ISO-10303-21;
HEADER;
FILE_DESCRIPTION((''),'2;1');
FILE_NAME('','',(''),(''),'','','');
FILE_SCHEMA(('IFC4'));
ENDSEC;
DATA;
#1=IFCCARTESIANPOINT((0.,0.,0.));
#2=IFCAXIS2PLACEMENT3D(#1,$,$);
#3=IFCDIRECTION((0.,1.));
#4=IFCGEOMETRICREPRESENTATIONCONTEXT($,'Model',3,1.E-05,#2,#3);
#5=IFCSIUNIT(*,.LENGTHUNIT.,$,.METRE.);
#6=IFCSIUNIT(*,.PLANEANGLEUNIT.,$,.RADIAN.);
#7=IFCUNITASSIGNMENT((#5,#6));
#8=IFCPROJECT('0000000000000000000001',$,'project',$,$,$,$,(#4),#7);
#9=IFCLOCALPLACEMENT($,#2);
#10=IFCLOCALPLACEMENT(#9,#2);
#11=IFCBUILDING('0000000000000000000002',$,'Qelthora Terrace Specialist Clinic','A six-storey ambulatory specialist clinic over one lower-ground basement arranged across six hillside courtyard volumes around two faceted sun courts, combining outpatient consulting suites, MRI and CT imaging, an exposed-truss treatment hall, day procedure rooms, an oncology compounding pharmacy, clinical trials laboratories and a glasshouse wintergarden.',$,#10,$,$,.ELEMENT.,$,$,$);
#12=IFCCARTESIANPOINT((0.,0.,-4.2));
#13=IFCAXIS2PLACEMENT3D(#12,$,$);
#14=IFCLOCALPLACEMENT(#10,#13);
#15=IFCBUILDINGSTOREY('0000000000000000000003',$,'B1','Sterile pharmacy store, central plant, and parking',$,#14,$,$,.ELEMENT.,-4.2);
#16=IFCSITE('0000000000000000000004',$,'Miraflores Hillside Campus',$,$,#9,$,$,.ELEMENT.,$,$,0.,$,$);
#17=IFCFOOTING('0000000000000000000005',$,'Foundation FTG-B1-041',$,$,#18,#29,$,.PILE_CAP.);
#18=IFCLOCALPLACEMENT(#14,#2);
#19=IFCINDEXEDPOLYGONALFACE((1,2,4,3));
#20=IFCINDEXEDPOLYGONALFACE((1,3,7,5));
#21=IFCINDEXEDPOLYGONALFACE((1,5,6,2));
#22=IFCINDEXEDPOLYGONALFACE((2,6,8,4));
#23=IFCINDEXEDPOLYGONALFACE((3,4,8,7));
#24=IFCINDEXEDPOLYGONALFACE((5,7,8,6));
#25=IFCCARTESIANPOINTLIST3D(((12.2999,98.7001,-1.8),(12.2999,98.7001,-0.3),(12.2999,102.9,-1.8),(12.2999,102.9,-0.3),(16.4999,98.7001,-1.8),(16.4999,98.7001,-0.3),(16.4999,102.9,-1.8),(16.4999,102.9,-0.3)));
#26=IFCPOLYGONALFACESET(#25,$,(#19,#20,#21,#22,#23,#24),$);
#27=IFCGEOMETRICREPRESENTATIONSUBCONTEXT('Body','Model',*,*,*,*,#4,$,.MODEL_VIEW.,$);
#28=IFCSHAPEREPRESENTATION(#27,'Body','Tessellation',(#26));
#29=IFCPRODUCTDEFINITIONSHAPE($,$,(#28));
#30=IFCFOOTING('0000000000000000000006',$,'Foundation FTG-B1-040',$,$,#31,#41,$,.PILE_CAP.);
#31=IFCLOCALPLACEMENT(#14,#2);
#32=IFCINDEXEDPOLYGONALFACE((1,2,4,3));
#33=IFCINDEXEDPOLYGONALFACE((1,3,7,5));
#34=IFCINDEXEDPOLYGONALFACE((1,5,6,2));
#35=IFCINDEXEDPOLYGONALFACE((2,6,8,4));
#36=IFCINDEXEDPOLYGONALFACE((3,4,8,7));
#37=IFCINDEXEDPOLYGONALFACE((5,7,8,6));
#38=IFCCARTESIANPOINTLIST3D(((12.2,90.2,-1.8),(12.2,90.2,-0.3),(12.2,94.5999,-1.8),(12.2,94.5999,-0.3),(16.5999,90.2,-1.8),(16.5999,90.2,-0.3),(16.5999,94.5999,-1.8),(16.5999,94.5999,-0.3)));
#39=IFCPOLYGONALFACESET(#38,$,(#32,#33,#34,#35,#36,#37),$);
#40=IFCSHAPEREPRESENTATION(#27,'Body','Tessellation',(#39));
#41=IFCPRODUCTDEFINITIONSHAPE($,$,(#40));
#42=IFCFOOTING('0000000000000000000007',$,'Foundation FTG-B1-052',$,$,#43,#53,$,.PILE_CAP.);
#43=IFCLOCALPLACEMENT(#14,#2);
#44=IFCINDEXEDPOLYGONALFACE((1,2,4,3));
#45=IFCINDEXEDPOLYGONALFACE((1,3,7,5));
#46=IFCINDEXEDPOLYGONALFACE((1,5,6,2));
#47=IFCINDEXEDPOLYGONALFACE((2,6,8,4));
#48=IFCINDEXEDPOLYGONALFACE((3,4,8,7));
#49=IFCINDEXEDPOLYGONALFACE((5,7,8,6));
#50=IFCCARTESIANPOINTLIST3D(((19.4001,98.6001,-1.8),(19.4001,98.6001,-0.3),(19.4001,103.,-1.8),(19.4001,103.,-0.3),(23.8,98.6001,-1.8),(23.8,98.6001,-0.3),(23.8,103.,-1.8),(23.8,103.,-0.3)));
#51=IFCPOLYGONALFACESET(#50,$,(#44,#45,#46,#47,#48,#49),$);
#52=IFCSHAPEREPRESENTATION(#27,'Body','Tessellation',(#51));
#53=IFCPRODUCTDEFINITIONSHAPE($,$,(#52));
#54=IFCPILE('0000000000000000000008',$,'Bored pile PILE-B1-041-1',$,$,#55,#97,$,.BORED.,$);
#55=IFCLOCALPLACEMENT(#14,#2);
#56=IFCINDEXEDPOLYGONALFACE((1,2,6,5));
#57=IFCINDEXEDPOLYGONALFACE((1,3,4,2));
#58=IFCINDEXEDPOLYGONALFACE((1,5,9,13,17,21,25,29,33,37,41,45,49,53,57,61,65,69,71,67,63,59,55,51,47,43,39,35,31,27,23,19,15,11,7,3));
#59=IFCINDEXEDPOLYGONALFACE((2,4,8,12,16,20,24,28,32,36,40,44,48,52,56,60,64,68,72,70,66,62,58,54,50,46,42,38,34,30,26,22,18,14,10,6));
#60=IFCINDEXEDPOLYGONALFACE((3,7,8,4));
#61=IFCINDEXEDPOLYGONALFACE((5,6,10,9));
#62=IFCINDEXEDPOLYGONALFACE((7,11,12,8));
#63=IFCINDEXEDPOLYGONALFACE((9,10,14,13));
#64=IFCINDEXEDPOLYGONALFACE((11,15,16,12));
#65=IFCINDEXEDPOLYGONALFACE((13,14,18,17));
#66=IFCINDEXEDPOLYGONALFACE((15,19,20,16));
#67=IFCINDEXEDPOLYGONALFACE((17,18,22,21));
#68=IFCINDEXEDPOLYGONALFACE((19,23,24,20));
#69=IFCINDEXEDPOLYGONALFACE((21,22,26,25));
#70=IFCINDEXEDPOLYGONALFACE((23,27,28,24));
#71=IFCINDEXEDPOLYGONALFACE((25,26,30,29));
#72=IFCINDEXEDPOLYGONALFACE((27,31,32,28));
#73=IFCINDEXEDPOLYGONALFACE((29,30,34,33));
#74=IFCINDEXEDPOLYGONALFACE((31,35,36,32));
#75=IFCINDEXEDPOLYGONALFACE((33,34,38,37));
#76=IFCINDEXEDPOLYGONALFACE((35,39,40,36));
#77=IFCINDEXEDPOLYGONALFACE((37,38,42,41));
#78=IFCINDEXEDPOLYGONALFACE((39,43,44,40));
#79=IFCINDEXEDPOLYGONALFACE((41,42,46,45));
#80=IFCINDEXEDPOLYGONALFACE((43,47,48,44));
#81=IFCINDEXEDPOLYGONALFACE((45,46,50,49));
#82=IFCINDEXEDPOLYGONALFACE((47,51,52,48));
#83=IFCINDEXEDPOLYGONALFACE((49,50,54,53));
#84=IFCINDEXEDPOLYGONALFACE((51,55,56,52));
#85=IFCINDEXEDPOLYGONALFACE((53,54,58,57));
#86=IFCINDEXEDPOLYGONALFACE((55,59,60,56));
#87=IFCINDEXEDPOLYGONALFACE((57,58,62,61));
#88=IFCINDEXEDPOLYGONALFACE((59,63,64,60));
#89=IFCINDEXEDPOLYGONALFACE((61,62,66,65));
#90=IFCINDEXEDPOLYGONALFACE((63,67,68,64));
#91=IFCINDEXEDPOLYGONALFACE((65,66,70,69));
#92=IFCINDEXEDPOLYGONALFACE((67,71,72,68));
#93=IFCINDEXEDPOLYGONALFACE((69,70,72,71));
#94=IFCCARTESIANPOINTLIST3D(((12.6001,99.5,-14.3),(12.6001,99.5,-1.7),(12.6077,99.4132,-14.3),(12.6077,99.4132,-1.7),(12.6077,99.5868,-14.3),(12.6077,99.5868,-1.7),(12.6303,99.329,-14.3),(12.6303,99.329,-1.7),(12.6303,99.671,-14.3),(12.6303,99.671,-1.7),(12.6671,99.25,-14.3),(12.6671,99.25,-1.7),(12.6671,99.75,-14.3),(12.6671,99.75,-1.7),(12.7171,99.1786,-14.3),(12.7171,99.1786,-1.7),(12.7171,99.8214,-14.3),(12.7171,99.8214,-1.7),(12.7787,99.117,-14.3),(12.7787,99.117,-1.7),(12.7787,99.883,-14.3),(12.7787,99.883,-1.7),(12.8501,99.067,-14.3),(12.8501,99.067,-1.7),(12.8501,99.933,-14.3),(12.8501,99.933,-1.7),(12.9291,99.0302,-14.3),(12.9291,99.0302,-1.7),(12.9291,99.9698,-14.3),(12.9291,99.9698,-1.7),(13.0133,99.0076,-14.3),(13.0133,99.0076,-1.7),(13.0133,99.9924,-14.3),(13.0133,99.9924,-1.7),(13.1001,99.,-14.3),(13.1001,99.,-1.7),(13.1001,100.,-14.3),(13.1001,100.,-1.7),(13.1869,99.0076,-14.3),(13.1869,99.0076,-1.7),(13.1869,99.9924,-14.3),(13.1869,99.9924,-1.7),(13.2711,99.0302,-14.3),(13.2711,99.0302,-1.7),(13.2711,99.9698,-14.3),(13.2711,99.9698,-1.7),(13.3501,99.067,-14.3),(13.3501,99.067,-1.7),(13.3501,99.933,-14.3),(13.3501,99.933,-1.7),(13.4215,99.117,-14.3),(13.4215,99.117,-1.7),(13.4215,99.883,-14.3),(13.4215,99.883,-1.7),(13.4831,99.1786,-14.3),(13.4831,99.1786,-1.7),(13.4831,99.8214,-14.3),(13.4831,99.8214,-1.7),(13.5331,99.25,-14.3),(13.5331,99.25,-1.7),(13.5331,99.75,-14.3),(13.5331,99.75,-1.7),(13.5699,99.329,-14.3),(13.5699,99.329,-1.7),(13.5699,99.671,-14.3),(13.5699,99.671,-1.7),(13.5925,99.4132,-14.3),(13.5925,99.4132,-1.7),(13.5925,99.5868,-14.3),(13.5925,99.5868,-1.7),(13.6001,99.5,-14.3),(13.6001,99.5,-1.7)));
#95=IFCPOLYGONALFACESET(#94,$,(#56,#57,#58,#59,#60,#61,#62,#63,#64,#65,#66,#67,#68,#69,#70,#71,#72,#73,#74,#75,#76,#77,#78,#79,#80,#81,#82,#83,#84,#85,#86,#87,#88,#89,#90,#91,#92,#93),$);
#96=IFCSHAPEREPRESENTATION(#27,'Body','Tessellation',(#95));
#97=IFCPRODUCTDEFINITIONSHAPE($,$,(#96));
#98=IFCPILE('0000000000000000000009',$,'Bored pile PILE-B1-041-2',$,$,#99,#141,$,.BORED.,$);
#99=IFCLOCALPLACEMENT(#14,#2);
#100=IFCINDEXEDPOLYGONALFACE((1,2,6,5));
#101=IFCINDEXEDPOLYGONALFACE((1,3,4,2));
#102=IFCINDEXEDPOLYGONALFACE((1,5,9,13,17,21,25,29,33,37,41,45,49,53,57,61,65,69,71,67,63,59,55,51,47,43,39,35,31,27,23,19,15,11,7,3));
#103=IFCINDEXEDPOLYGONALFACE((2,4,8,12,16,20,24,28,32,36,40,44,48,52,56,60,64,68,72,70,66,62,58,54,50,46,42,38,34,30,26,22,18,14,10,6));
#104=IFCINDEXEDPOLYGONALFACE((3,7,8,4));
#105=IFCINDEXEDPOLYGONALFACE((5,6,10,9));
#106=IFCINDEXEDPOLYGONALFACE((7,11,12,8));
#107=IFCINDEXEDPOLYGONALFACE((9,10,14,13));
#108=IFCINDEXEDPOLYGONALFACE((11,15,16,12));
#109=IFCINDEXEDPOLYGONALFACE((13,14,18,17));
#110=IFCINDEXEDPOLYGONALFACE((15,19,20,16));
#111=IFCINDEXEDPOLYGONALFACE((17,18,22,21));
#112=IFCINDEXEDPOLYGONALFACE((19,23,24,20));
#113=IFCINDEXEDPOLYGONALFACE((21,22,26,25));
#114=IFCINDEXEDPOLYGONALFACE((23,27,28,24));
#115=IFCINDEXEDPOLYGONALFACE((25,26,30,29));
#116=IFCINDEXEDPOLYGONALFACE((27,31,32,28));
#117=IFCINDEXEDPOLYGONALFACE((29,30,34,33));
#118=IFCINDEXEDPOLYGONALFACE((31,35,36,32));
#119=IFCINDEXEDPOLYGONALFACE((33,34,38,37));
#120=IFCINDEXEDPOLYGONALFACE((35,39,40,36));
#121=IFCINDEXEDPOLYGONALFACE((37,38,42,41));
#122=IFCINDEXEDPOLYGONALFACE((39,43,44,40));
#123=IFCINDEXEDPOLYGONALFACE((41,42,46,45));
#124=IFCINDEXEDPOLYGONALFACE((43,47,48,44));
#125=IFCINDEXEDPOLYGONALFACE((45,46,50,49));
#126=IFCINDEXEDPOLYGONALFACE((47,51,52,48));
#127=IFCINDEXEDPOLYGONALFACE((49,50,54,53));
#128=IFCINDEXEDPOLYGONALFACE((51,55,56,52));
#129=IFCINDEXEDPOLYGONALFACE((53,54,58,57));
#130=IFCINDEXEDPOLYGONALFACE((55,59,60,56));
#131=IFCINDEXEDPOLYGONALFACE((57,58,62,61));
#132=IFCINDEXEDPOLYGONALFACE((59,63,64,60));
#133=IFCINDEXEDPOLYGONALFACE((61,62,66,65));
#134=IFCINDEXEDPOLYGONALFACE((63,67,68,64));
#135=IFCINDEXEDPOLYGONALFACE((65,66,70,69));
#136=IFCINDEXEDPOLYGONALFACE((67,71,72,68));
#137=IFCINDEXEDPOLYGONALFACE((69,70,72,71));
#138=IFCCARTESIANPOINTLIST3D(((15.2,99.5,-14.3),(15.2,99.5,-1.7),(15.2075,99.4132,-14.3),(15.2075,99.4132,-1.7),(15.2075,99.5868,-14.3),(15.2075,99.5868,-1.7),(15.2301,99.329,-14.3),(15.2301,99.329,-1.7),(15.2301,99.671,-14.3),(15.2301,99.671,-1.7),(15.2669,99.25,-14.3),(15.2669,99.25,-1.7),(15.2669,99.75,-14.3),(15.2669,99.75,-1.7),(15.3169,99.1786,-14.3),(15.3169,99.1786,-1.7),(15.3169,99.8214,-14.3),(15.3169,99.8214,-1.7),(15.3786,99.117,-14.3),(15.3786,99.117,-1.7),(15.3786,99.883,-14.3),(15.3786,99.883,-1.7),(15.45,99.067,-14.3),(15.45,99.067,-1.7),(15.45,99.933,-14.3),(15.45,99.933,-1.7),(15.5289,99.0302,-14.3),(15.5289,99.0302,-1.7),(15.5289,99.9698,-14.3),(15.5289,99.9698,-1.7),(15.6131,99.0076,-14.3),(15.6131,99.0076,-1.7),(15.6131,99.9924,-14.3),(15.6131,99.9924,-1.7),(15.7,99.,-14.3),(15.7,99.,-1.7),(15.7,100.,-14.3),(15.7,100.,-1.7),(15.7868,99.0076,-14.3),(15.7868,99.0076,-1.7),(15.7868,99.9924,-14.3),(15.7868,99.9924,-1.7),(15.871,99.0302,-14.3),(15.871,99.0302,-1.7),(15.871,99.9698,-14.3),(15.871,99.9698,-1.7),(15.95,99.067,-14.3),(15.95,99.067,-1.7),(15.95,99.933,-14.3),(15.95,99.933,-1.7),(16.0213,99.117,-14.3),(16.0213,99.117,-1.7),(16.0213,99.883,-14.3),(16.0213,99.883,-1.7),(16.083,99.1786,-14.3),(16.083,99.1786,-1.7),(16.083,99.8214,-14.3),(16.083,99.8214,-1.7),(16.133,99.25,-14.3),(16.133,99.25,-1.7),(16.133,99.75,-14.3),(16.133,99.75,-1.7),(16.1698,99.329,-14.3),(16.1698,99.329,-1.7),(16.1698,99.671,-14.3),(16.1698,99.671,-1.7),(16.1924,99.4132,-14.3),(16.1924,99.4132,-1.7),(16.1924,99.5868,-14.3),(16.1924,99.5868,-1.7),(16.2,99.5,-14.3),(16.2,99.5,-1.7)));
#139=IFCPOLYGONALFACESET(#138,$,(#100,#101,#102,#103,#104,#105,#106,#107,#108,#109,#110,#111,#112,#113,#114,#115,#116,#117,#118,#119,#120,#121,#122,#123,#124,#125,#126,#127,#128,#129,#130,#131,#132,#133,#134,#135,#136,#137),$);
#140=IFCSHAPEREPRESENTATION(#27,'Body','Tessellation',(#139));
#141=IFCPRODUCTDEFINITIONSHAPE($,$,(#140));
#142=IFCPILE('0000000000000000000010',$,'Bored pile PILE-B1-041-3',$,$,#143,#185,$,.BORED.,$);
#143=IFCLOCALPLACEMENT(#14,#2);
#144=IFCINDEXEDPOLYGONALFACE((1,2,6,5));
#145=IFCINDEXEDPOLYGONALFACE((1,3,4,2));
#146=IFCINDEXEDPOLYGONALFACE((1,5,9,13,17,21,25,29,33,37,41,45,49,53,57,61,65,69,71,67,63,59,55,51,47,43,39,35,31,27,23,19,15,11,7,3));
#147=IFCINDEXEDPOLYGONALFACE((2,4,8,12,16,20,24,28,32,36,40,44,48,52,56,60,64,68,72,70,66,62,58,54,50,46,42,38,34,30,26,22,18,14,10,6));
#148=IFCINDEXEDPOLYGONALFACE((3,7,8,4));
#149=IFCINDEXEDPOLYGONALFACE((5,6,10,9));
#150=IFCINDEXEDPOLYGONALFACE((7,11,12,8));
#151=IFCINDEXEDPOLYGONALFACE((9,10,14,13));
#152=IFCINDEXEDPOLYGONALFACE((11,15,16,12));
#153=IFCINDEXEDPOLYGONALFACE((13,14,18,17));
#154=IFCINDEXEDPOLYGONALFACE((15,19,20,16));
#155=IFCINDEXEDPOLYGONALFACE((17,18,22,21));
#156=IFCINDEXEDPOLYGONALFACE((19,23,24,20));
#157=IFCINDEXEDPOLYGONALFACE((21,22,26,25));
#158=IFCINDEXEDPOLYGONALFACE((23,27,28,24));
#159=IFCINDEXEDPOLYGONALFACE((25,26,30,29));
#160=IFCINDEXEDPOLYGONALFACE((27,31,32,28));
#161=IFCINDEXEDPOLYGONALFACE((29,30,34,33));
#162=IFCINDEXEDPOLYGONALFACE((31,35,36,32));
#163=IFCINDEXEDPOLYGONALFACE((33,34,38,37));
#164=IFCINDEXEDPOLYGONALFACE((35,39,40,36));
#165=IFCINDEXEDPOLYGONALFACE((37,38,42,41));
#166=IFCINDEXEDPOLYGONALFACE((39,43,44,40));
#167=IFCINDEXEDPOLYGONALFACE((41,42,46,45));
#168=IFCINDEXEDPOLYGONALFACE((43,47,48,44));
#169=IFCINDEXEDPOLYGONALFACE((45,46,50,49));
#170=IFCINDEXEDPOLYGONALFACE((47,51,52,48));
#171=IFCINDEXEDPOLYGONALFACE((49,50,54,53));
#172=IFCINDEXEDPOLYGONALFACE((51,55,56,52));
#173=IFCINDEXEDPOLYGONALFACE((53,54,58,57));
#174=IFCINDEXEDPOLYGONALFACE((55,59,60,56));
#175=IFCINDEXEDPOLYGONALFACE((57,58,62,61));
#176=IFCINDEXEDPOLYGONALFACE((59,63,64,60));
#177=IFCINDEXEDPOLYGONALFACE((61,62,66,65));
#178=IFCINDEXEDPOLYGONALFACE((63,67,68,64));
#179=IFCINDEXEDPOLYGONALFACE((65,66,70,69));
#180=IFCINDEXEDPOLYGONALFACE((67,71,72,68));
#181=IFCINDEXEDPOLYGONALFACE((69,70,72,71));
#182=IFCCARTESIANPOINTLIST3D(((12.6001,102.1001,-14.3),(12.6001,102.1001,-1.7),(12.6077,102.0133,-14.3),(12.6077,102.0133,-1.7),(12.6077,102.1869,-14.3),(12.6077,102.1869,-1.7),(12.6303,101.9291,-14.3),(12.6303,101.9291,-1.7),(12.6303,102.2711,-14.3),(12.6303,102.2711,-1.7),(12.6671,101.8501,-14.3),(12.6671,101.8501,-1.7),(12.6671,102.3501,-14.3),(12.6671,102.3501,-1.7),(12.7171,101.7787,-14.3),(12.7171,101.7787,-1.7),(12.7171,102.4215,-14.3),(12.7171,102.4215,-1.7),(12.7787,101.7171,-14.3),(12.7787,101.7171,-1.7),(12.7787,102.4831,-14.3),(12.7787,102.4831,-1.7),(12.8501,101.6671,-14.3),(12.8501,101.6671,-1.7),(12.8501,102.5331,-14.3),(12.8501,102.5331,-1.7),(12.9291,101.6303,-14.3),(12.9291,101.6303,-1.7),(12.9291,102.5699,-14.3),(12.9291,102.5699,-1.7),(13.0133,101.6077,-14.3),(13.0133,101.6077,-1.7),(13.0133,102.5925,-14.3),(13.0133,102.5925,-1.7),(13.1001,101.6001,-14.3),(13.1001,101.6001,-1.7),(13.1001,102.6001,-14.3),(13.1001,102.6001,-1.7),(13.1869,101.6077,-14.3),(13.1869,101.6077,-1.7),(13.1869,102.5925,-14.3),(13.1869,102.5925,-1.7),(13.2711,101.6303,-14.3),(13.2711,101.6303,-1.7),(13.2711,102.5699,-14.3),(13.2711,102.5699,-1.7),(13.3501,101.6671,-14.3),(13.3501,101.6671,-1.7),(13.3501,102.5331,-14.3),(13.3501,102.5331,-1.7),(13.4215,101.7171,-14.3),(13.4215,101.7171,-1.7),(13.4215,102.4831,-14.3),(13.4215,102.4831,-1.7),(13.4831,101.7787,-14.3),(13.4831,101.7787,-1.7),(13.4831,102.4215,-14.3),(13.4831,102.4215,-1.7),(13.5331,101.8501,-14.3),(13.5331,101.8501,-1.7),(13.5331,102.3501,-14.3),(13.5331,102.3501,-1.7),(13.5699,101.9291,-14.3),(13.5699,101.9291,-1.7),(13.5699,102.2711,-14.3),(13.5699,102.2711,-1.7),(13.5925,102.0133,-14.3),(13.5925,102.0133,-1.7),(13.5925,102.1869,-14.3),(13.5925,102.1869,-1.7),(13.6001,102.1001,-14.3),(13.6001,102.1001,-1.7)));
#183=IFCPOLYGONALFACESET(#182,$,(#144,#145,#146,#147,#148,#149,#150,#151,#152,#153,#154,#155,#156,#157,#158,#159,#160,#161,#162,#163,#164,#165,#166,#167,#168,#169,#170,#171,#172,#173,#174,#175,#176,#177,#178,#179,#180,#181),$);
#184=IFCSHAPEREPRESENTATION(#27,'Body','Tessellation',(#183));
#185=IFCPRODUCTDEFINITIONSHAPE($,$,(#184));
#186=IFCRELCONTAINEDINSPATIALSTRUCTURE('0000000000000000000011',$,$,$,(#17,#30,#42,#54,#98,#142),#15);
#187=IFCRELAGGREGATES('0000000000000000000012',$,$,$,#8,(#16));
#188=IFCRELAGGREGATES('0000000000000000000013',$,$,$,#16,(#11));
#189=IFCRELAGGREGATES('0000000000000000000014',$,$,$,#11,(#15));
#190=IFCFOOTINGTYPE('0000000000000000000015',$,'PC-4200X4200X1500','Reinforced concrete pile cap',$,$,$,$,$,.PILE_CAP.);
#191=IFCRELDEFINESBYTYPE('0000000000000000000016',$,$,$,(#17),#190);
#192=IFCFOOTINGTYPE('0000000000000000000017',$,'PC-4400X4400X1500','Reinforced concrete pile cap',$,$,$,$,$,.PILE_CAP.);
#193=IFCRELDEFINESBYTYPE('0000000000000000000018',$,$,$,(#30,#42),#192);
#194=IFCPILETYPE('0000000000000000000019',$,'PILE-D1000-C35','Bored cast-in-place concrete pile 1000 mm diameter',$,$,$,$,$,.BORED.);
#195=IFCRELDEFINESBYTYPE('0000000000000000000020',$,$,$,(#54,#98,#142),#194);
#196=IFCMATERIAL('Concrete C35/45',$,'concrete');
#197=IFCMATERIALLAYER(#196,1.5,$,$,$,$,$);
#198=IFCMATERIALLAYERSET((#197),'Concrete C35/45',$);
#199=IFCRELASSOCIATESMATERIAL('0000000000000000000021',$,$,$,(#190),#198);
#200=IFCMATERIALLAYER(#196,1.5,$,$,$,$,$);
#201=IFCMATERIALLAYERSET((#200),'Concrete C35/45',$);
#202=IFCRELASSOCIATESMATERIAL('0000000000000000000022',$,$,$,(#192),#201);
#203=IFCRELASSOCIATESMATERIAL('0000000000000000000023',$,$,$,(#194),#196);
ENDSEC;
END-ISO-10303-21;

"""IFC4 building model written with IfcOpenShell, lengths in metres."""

from ifc_helpers import new_model, si_unit, direction, frame, origin, origin_2d, place, context, subcontext, project, spatial, rectangle, circle, extrude, material, layer, layer_set, material_profile, profile_set, type_object, element, save


model = new_model("IFC4")

# Units and contexts
model_context = context("Model", 3, precision=1e-05, world=origin(), true_north=direction((0.0, 1.0)))
body_context = subcontext(model_context, "Body", "Model", "MODEL_VIEW")
ifc_project = project(units=[si_unit("LENGTHUNIT", "METRE"), si_unit("PLANEANGLEUNIT", "RADIAN")], contexts=[model_context])

# Site, building, storey
site_placement = place(None, origin())
site = spatial("IfcSite", under=ifc_project, at=site_placement, Name="Miraflores Hillside Campus", CompositionType="ELEMENT", RefElevation=0.0)
building_placement = place(site_placement, origin())
building = spatial("IfcBuilding", under=site, at=building_placement, Name="Qelthora Terrace Specialist Clinic", Description="A six-storey ambulatory specialist clinic over one lower-ground basement arranged across six hillside courtyard volumes around two faceted sun courts, combining outpatient consulting suites, MRI and CT imaging, an exposed-truss treatment hall, day procedure rooms, an oncology compounding pharmacy, clinical trials laboratories and a glasshouse wintergarden.", CompositionType="ELEMENT")
storey_placement = place(building_placement, frame((0.0, 0.0, -4.2)))
storey = spatial("IfcBuildingStorey", under=building, at=storey_placement, Name="B1", Description="Sterile pharmacy store, central plant, and parking", CompositionType="ELEMENT", Elevation=-4.2)

# Footings
ifc_material_1 = material(Name="Concrete C35/45", Category="concrete")
ifc_layer_1 = layer(ifc_material_1, 1.5)
ifc_layer_set_1 = layer_set([ifc_layer_1], Name="Concrete C35/45")
footing_type_1 = type_object("IfcFootingType", Name="PC-4200X4200X1500", Description="Reinforced concrete pile cap", PredefinedType="PILE_CAP", material=ifc_layer_set_1)
footing_placement = place(storey_placement, frame((14.3999, 100.8, -1.8), z_axis=(0.0, 0.0, 1.0), x_axis=(1.0, 0.0, 0.0)))
element("IfcFooting", 1, at=footing_placement, inside=storey, type_object=footing_type_1, Name="Foundation FTG-B1-041", PredefinedType="PILE_CAP", context=body_context, shape_type="SweptSolid", body=[
    extrude(rectangle(XDim=4.2, YDim=4.2, at=origin_2d()), origin(), (0.0, 0.0, 1.0), 1.5),
])
ifc_layer_2 = layer(ifc_material_1, 1.5)
ifc_layer_set_2 = layer_set([ifc_layer_2], Name="Concrete C35/45")
footing_type_2 = type_object("IfcFootingType", Name="PC-4400X4400X1500", Description="Reinforced concrete pile cap", PredefinedType="PILE_CAP", material=ifc_layer_set_2)
for number, where, z_axis, x_axis, name in (
    (2, (14.3999, 92.3999, -1.8), (0.0, 0.0, 1.0), (1.0, 0.0, 0.0), "Foundation FTG-B1-040"),
    (3, (21.6001, 100.8, -1.8), (0.0, 0.0, 1.0), (1.0, 0.0, 0.0), "Foundation FTG-B1-052"),
):
    element("IfcFooting", number, at=place(storey_placement, frame(where, z_axis=z_axis, x_axis=x_axis)), inside=storey, type_object=footing_type_2, Name=name, PredefinedType="PILE_CAP", context=body_context, shape_type="SweptSolid", body=[
        extrude(rectangle(XDim=4.3999, YDim=4.3999, at=origin_2d()), origin(), (0.0, 0.0, 1.0), 1.5),
    ])

# Piles
ifc_material_profile_1 = material_profile(ifc_material_1, circle(Radius=0.5, at=origin_2d()), Name="PILE1000")
ifc_profile_set_1 = profile_set([ifc_material_profile_1], Name="Concrete C35/45")
pile_type_1 = type_object("IfcPileType", Name="PILE-D1000-C35", Description="Bored cast-in-place concrete pile 1000 mm diameter", PredefinedType="BORED", material=ifc_profile_set_1)
for number, where, z_axis, x_axis, name in (
    (4, (13.1001, 99.5, -1.7), (0.0, 0.0, -1.0), (1.0, 0.0, 0.0), "Bored pile PILE-B1-041-1"),
    (5, (15.7, 99.5, -1.7), (0.0, 0.0, -1.0), (1.0, 0.0, 0.0), "Bored pile PILE-B1-041-2"),
    (6, (13.1001, 102.1001, -1.7), (0.0, 0.0, -1.0), (1.0, 0.0, 0.0), "Bored pile PILE-B1-041-3"),
):
    element("IfcPile", number, at=place(storey_placement, frame(where, z_axis=z_axis, x_axis=x_axis)), inside=storey, type_object=pile_type_1, Name=name, PredefinedType="BORED", context=body_context, shape_type="SweptSolid", body=[
        extrude(circle(Radius=0.5, at=origin_2d()), origin(), (0.0, 0.0, 1.0), 12.6001),
    ])

save(model, "model.ifc")
